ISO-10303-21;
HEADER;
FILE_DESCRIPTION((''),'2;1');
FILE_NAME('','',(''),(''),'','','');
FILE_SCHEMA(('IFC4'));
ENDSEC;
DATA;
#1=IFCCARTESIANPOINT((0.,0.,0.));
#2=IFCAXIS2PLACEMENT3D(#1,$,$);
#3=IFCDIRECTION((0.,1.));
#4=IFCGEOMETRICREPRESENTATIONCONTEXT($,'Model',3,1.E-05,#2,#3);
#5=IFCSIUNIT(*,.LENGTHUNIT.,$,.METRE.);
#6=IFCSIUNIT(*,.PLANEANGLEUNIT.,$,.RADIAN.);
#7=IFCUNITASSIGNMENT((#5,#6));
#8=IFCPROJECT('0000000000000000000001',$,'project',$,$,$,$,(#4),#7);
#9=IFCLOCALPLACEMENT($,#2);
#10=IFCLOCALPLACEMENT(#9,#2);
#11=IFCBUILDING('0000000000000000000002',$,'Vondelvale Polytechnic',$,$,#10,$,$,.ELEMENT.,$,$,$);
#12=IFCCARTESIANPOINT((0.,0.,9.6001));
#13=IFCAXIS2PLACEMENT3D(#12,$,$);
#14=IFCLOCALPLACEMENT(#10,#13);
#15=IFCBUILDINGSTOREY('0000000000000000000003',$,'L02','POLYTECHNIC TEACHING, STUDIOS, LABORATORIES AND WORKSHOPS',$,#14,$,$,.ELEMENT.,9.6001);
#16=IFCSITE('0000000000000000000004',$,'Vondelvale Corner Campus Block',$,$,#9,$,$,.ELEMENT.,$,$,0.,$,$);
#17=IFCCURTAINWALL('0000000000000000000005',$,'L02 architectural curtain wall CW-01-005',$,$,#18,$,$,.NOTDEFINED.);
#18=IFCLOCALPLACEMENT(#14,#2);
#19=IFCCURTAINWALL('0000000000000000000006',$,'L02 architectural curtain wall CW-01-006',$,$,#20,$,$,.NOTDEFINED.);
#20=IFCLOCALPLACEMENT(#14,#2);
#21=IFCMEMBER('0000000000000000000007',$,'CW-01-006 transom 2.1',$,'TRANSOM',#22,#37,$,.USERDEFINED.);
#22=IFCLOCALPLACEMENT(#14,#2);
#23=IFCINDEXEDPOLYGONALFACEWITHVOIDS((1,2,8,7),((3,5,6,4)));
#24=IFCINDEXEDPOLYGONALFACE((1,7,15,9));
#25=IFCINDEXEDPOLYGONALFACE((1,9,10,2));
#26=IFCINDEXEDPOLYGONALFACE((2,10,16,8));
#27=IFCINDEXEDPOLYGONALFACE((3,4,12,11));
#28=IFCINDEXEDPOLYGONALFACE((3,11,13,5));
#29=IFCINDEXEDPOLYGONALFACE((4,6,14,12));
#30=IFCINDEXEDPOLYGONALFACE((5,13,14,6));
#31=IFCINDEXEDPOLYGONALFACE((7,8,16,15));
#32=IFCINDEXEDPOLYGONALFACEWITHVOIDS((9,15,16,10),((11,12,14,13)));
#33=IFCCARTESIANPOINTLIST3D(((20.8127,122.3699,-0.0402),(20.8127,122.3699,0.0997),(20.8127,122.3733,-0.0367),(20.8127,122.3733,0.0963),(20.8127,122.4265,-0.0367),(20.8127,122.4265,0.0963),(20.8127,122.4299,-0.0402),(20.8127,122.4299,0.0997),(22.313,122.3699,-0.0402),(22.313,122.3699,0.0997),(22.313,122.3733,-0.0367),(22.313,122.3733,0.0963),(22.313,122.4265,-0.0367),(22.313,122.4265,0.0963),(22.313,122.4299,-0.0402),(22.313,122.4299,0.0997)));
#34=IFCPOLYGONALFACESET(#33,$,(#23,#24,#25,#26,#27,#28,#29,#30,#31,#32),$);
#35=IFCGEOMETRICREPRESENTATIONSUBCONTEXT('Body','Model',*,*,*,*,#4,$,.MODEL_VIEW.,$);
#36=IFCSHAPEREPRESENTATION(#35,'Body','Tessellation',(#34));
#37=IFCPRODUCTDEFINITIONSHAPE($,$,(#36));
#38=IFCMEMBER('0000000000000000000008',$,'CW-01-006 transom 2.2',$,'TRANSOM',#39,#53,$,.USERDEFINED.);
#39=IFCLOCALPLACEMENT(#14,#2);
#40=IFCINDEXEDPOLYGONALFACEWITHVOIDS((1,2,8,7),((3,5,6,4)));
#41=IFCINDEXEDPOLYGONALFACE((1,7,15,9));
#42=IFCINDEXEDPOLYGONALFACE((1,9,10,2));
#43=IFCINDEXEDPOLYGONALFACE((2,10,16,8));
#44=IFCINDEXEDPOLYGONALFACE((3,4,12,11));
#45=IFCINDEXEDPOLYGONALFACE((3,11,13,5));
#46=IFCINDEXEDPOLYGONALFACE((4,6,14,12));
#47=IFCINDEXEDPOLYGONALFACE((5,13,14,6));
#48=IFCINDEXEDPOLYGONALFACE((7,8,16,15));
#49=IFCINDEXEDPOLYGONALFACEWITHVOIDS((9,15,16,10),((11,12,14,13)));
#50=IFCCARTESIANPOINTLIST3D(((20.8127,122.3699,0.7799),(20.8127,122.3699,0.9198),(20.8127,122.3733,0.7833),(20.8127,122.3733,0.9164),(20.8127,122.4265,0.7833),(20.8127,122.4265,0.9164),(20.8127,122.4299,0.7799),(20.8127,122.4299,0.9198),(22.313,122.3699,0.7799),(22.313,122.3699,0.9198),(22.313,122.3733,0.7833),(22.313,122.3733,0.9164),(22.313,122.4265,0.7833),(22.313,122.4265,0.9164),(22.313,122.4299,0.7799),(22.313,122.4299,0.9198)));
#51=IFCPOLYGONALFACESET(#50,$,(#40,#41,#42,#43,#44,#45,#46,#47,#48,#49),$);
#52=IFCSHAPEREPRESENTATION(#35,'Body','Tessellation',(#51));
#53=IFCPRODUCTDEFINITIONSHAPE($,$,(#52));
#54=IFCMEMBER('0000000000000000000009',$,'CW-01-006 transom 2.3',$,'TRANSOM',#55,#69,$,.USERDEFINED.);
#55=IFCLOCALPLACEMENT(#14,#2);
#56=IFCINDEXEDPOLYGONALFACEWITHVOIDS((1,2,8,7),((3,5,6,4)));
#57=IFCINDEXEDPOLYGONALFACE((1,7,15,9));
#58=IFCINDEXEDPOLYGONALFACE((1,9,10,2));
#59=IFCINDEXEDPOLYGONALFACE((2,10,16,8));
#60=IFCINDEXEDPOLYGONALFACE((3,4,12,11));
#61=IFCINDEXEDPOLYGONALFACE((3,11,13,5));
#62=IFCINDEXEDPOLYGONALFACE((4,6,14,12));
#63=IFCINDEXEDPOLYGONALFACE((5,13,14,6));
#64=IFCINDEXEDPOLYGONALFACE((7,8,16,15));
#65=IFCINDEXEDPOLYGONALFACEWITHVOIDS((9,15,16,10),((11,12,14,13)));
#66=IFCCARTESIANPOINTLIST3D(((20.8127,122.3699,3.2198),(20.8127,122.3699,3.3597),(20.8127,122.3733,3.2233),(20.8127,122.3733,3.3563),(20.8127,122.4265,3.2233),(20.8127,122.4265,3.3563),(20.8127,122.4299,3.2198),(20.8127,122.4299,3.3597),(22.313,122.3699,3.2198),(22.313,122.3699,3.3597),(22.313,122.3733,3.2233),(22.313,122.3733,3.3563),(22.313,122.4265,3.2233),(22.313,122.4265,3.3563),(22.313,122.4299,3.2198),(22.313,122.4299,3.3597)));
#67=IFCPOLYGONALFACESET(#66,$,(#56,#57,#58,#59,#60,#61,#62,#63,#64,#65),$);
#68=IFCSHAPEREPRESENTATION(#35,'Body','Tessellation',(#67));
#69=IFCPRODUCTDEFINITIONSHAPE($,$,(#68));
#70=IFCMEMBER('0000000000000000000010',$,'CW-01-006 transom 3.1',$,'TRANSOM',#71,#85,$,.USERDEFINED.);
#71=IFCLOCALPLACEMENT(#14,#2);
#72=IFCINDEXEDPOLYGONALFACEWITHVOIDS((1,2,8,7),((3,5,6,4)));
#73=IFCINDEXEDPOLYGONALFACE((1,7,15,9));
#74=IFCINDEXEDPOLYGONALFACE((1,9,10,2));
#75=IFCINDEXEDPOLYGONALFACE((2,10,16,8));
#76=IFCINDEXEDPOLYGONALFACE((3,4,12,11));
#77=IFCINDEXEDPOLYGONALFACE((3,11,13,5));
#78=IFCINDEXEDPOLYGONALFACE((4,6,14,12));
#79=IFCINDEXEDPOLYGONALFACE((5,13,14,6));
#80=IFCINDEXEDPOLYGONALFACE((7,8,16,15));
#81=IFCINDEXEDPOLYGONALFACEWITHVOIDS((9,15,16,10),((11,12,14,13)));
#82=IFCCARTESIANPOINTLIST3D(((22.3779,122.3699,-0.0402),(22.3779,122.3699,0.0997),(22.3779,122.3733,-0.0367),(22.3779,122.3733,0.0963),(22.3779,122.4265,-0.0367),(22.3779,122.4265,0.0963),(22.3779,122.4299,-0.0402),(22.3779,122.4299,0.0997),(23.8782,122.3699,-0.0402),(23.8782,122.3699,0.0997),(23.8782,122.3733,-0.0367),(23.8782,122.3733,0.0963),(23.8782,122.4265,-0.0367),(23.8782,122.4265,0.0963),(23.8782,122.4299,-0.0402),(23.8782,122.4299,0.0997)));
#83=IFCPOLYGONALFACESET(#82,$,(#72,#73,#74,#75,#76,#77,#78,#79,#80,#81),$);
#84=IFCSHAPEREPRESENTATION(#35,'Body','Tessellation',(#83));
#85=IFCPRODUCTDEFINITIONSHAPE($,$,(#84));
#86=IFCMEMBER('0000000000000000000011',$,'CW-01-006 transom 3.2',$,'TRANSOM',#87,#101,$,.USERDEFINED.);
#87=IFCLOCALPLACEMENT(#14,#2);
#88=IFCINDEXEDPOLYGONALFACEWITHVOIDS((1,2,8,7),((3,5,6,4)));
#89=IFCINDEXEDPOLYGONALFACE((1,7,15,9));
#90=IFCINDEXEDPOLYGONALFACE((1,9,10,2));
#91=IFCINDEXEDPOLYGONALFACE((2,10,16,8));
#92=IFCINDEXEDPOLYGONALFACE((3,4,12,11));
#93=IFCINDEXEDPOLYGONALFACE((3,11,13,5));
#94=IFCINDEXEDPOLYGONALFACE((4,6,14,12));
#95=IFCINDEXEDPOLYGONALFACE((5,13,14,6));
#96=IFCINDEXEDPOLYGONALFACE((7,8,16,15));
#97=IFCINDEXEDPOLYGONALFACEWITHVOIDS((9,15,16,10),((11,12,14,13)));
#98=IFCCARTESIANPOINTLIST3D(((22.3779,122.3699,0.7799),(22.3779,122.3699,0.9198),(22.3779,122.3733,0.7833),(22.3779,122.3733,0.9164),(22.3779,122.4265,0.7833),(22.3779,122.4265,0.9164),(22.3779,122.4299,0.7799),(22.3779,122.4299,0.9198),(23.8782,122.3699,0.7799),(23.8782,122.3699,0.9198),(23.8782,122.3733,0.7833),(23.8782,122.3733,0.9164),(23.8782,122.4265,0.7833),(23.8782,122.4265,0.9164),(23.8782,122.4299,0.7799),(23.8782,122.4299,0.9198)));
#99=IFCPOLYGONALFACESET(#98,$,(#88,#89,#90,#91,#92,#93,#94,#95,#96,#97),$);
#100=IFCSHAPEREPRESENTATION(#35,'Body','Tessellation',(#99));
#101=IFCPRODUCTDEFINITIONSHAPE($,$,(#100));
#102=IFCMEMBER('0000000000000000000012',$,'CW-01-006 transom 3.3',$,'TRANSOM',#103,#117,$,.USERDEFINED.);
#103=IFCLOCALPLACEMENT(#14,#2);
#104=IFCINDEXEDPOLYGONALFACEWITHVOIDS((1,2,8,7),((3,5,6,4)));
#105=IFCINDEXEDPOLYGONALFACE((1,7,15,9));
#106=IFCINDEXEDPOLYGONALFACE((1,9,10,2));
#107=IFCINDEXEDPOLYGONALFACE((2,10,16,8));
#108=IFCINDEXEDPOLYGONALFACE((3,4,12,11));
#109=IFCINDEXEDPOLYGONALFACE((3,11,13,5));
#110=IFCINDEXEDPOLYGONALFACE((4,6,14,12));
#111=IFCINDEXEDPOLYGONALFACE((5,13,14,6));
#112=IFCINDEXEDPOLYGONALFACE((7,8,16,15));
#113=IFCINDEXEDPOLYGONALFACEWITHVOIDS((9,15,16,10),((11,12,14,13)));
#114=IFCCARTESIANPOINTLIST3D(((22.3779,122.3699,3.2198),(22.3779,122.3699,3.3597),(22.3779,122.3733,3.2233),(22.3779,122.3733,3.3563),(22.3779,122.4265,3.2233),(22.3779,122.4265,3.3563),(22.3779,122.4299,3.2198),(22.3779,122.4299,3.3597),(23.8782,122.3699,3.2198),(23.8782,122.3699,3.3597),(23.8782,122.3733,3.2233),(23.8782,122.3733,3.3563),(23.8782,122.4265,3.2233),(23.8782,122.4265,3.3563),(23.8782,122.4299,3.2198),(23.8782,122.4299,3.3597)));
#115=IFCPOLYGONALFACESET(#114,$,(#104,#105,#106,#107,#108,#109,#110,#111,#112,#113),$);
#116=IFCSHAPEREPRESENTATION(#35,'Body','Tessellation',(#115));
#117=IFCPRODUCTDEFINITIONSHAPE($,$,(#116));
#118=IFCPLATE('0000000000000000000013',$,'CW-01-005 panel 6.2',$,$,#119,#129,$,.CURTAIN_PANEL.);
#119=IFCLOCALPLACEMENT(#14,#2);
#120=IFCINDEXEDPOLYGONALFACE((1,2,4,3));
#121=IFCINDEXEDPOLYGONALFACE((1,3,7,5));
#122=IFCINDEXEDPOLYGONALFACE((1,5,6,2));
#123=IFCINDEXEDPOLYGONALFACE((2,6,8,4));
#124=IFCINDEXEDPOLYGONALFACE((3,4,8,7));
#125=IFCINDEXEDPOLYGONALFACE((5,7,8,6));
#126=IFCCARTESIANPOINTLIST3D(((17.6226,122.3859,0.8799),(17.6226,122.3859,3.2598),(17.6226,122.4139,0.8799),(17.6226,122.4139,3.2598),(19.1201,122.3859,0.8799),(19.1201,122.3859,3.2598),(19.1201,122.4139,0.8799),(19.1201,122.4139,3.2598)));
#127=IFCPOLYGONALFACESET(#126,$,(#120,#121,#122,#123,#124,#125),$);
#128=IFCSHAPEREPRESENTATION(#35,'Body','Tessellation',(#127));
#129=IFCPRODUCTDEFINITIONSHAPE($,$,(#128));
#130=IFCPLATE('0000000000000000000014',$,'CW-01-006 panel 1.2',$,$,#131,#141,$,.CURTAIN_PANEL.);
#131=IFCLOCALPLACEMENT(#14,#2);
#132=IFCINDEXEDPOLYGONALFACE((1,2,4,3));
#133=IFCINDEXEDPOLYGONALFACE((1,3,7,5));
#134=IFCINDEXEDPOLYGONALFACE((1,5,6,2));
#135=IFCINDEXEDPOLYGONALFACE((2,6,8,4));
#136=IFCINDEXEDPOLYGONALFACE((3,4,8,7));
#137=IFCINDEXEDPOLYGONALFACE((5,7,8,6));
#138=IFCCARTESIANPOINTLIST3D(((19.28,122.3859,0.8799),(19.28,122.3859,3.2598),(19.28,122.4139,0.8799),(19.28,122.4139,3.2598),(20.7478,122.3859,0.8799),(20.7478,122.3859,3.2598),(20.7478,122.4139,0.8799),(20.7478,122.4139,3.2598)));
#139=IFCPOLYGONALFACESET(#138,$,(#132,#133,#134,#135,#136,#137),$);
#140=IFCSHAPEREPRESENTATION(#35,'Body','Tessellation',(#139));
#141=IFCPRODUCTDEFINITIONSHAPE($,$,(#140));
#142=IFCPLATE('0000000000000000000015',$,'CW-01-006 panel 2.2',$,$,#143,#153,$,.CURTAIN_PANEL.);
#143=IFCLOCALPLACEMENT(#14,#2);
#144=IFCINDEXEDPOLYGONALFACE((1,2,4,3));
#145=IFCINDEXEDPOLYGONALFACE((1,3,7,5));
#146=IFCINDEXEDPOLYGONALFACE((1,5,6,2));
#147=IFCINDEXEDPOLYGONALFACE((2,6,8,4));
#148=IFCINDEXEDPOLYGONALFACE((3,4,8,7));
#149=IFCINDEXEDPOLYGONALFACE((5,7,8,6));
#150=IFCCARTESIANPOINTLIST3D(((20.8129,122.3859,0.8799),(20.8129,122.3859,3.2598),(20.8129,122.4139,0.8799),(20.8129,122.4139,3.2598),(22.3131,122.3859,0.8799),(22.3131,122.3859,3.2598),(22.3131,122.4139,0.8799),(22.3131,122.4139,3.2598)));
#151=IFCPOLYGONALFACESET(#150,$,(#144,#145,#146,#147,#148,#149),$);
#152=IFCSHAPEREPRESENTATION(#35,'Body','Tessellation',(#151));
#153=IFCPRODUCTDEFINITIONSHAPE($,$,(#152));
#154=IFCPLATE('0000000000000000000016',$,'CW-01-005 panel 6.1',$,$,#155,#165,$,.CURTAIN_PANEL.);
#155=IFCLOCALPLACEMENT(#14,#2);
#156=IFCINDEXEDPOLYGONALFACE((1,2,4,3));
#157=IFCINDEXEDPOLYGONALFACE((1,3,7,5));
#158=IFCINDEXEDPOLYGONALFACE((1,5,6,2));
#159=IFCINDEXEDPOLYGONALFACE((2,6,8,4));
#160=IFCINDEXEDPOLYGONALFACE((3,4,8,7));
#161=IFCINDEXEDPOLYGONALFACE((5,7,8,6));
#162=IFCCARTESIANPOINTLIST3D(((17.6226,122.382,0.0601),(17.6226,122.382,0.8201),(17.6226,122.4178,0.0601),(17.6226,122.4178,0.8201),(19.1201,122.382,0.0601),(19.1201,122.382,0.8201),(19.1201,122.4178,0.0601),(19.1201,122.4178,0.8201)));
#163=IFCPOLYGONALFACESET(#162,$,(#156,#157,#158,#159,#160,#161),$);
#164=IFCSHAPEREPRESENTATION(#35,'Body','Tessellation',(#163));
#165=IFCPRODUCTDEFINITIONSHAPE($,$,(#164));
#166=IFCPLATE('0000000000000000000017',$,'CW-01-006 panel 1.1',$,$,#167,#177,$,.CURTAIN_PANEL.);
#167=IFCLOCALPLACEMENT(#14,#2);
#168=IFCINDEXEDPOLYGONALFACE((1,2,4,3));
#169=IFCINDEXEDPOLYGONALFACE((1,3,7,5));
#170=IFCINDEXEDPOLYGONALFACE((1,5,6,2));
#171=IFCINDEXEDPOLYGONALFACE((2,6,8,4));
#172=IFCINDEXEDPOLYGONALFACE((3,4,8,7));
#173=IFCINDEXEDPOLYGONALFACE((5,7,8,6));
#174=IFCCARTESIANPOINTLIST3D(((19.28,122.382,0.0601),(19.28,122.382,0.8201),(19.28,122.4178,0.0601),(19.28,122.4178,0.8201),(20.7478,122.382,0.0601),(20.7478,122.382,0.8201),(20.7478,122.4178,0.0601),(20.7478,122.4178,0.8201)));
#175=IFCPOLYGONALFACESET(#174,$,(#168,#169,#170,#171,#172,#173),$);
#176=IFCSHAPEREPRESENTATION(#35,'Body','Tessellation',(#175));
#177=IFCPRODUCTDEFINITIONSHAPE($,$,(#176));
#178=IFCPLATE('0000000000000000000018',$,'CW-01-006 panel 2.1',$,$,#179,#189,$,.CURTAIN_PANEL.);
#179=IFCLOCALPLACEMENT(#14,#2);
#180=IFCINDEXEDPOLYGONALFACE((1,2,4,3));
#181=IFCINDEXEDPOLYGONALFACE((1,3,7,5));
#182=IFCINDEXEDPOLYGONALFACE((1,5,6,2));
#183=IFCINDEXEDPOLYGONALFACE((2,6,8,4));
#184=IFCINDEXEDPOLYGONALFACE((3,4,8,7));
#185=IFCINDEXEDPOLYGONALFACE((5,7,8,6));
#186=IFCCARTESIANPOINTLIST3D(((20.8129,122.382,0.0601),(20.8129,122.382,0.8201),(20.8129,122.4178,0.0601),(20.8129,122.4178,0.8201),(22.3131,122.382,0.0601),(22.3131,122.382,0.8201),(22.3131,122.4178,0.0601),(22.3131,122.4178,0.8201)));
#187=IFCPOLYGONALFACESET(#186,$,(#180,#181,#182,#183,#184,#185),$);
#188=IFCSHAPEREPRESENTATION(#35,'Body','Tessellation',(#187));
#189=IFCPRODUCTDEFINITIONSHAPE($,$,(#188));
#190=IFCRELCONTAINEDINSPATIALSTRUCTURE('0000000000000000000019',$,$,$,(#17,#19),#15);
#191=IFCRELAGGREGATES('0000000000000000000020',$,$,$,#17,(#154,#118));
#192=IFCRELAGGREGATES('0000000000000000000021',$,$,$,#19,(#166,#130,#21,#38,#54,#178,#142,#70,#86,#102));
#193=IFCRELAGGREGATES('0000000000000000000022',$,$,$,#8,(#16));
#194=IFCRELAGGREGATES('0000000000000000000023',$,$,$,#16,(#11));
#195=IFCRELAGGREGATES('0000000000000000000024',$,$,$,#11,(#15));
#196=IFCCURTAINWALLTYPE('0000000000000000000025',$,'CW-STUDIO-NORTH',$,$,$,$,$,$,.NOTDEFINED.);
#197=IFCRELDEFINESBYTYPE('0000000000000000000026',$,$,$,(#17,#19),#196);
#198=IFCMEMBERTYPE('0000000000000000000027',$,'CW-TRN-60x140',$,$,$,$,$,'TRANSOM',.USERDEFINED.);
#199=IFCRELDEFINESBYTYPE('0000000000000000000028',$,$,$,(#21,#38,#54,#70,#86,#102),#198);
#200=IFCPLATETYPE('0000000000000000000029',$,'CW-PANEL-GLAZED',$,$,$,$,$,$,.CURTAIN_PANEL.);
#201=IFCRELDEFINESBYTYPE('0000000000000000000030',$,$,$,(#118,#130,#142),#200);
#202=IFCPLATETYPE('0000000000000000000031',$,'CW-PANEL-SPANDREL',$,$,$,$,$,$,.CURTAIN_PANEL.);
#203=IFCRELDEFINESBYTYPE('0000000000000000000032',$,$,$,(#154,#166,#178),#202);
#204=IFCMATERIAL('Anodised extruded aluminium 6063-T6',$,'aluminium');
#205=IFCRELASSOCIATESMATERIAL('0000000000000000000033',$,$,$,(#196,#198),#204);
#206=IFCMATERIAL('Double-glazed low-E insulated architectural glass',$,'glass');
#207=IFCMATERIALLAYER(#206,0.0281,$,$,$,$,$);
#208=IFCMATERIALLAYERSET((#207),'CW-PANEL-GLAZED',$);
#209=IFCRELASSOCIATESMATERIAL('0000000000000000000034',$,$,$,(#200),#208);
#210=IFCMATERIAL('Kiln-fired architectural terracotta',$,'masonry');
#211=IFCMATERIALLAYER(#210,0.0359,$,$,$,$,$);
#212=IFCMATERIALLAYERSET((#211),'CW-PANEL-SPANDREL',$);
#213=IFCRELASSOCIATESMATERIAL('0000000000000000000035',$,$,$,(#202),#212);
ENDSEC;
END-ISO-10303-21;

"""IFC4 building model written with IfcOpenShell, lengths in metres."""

from ifc_helpers import new_model, si_unit, direction, frame, origin, origin_2d, place, context, subcontext, project, spatial, rectangle, hollow_rectangle, extrude, material, layer, layer_set, material_profile, profile_set, type_object, element, aggregate, save


model = new_model("IFC4")

# Units and contexts
model_context = context("Model", 3, precision=1e-05, world=origin(), true_north=direction((0.0, 1.0)))
body_context = subcontext(model_context, "Body", "Model", "MODEL_VIEW")
ifc_project = project(units=[si_unit("LENGTHUNIT", "METRE"), si_unit("PLANEANGLEUNIT", "RADIAN")], contexts=[model_context])

# Site, building, storey
site_placement = place(None, origin())
site = spatial("IfcSite", under=ifc_project, at=site_placement, Name="Vondelvale Corner Campus Block", CompositionType="ELEMENT", RefElevation=0.0)
building_placement = place(site_placement, origin())
building = spatial("IfcBuilding", under=site, at=building_placement, Name="Vondelvale Polytechnic", CompositionType="ELEMENT")
storey_placement = place(building_placement, frame((0.0, 0.0, 9.6001)))
storey = spatial("IfcBuildingStorey", under=building, at=storey_placement, Name="L02", Description="POLYTECHNIC TEACHING, STUDIOS, LABORATORIES AND WORKSHOPS", CompositionType="ELEMENT", Elevation=9.6001)

# Curtain walls
ifc_material_1 = material(Name="Anodised extruded aluminium 6063-T6", Category="aluminium")
curtain_wall_type = type_object("IfcCurtainWallType", Name="CW-STUDIO-NORTH", PredefinedType="NOTDEFINED", material=ifc_material_1)
curtain_wall_1_placement = place(storey_placement, origin())
curtain_wall_1 = element("IfcCurtainWall", 1, at=curtain_wall_1_placement, inside=storey, type_object=curtain_wall_type, Name="L02 architectural curtain wall CW-01-005", PredefinedType="NOTDEFINED")
curtain_wall_2_placement = place(storey_placement, origin())
curtain_wall_2 = element("IfcCurtainWall", 2, at=curtain_wall_2_placement, inside=storey, type_object=curtain_wall_type, Name="L02 architectural curtain wall CW-01-006", PredefinedType="NOTDEFINED")

# Members
ifc_material_profile_1 = material_profile(ifc_material_1, hollow_rectangle(XDim=0.0601, YDim=0.1399, WallThickness=0.0034, at=origin_2d()), Name="CW-TRN-140x60")
ifc_profile_set_1 = profile_set([ifc_material_profile_1], Name="Anodised extruded aluminium 6063-T6")
member_type_1 = type_object("IfcMemberType", Name="CW-TRN-60x140", ElementType="TRANSOM", PredefinedType="USERDEFINED", material=ifc_profile_set_1)
member_1_placement = place(storey_placement, frame((20.8127, 122.3999, 0.0298), z_axis=(1.0, 0.0, 0.0), x_axis=(0.0, 1.0, 0.0)))
member_1 = element("IfcMember", 3, at=member_1_placement, type_object=member_type_1, Name="CW-01-006 transom 2.1", ObjectType="TRANSOM", PredefinedType="USERDEFINED", context=body_context, shape_type="SweptSolid", body=[
    extrude(hollow_rectangle(XDim=0.0601, YDim=0.1399, WallThickness=0.0034, at=origin_2d()), origin(), (0.0, 0.0, 1.0), 1.5002),
])
member_2_placement = place(storey_placement, frame((20.8127, 122.3999, 0.8499), z_axis=(1.0, 0.0, 0.0), x_axis=(0.0, 1.0, 0.0)))
member_2 = element("IfcMember", 4, at=member_2_placement, type_object=member_type_1, Name="CW-01-006 transom 2.2", ObjectType="TRANSOM", PredefinedType="USERDEFINED", context=body_context, shape_type="SweptSolid", body=[
    extrude(hollow_rectangle(XDim=0.0601, YDim=0.1399, WallThickness=0.0034, at=origin_2d()), origin(), (0.0, 0.0, 1.0), 1.5002),
])
member_3_placement = place(storey_placement, frame((20.8127, 122.3999, 3.2898), z_axis=(1.0, 0.0, 0.0), x_axis=(0.0, 1.0, 0.0)))
member_3 = element("IfcMember", 5, at=member_3_placement, type_object=member_type_1, Name="CW-01-006 transom 2.3", ObjectType="TRANSOM", PredefinedType="USERDEFINED", context=body_context, shape_type="SweptSolid", body=[
    extrude(hollow_rectangle(XDim=0.0601, YDim=0.1399, WallThickness=0.0034, at=origin_2d()), origin(), (0.0, 0.0, 1.0), 1.5002),
])
member_4_placement = place(storey_placement, frame((22.3779, 122.3999, 0.0298), z_axis=(1.0, 0.0, 0.0), x_axis=(0.0, 1.0, 0.0)))
member_4 = element("IfcMember", 6, at=member_4_placement, type_object=member_type_1, Name="CW-01-006 transom 3.1", ObjectType="TRANSOM", PredefinedType="USERDEFINED", context=body_context, shape_type="SweptSolid", body=[
    extrude(hollow_rectangle(XDim=0.0601, YDim=0.1399, WallThickness=0.0034, at=origin_2d()), origin(), (0.0, 0.0, 1.0), 1.5002),
])
member_5_placement = place(storey_placement, frame((22.3779, 122.3999, 0.8499), z_axis=(1.0, 0.0, 0.0), x_axis=(0.0, 1.0, 0.0)))
member_5 = element("IfcMember", 7, at=member_5_placement, type_object=member_type_1, Name="CW-01-006 transom 3.2", ObjectType="TRANSOM", PredefinedType="USERDEFINED", context=body_context, shape_type="SweptSolid", body=[
    extrude(hollow_rectangle(XDim=0.0601, YDim=0.1399, WallThickness=0.0034, at=origin_2d()), origin(), (0.0, 0.0, 1.0), 1.5002),
])
member_6_placement = place(storey_placement, frame((22.3779, 122.3999, 3.2898), z_axis=(1.0, 0.0, 0.0), x_axis=(0.0, 1.0, 0.0)))
member_6 = element("IfcMember", 8, at=member_6_placement, type_object=member_type_1, Name="CW-01-006 transom 3.3", ObjectType="TRANSOM", PredefinedType="USERDEFINED", context=body_context, shape_type="SweptSolid", body=[
    extrude(hollow_rectangle(XDim=0.0601, YDim=0.1399, WallThickness=0.0034, at=origin_2d()), origin(), (0.0, 0.0, 1.0), 1.5002),
])

# Plates
ifc_material_2 = material(Name="Double-glazed low-E insulated architectural glass", Category="glass")
ifc_layer_1 = layer(ifc_material_2, 0.0281)
ifc_layer_set_1 = layer_set([ifc_layer_1], Name="CW-PANEL-GLAZED")
plate_type_1 = type_object("IfcPlateType", Name="CW-PANEL-GLAZED", PredefinedType="CURTAIN_PANEL", material=ifc_layer_set_1)
plate_1_placement = place(storey_placement, frame((18.3713, 122.3999, 0.8799), z_axis=(0.0, 0.0, 1.0), x_axis=(1.0, 0.0, 0.0)))
plate_1 = element("IfcPlate", 9, at=plate_1_placement, type_object=plate_type_1, Name="CW-01-005 panel 6.2", PredefinedType="CURTAIN_PANEL", context=body_context, shape_type="SweptSolid", body=[
    extrude(rectangle(XDim=1.4976, YDim=0.0281, at=origin_2d()), origin(), (0.0, 0.0, 1.0), 2.3799),
])
plate_2_placement = place(storey_placement, frame((20.0139, 122.3999, 0.8799), z_axis=(0.0, 0.0, 1.0), x_axis=(1.0, 0.0, 0.0)))
plate_2 = element("IfcPlate", 10, at=plate_2_placement, type_object=plate_type_1, Name="CW-01-006 panel 1.2", PredefinedType="CURTAIN_PANEL", context=body_context, shape_type="SweptSolid", body=[
    extrude(rectangle(XDim=1.4678, YDim=0.0281, at=origin_2d()), origin(), (0.0, 0.0, 1.0), 2.3799),
])
plate_3_placement = place(storey_placement, frame((21.563, 122.3999, 0.8799), z_axis=(0.0, 0.0, 1.0), x_axis=(1.0, 0.0, 0.0)))
plate_3 = element("IfcPlate", 11, at=plate_3_placement, type_object=plate_type_1, Name="CW-01-006 panel 2.2", PredefinedType="CURTAIN_PANEL", context=body_context, shape_type="SweptSolid", body=[
    extrude(rectangle(XDim=1.5002, YDim=0.0281, at=origin_2d()), origin(), (0.0, 0.0, 1.0), 2.3799),
])
ifc_material_3 = material(Name="Kiln-fired architectural terracotta", Category="masonry")
ifc_layer_2 = layer(ifc_material_3, 0.0359)
ifc_layer_set_2 = layer_set([ifc_layer_2], Name="CW-PANEL-SPANDREL")
plate_type_2 = type_object("IfcPlateType", Name="CW-PANEL-SPANDREL", PredefinedType="CURTAIN_PANEL", material=ifc_layer_set_2)
plate_4_placement = place(storey_placement, frame((18.3713, 122.3999, 0.0601), z_axis=(0.0, 0.0, 1.0), x_axis=(1.0, 0.0, 0.0)))
plate_4 = element("IfcPlate", 12, at=plate_4_placement, type_object=plate_type_2, Name="CW-01-005 panel 6.1", PredefinedType="CURTAIN_PANEL", context=body_context, shape_type="SweptSolid", body=[
    extrude(rectangle(XDim=1.4976, YDim=0.0359, at=origin_2d()), origin(), (0.0, 0.0, 1.0), 0.76),
])
aggregate(curtain_wall_1, [plate_4, plate_1])
plate_5_placement = place(storey_placement, frame((20.0139, 122.3999, 0.0601), z_axis=(0.0, 0.0, 1.0), x_axis=(1.0, 0.0, 0.0)))
plate_5 = element("IfcPlate", 13, at=plate_5_placement, type_object=plate_type_2, Name="CW-01-006 panel 1.1", PredefinedType="CURTAIN_PANEL", context=body_context, shape_type="SweptSolid", body=[
    extrude(rectangle(XDim=1.4678, YDim=0.0359, at=origin_2d()), origin(), (0.0, 0.0, 1.0), 0.76),
])
plate_6_placement = place(storey_placement, frame((21.563, 122.3999, 0.0601), z_axis=(0.0, 0.0, 1.0), x_axis=(1.0, 0.0, 0.0)))
plate_6 = element("IfcPlate", 14, at=plate_6_placement, type_object=plate_type_2, Name="CW-01-006 panel 2.1", PredefinedType="CURTAIN_PANEL", context=body_context, shape_type="SweptSolid", body=[
    extrude(rectangle(XDim=1.5002, YDim=0.0359, at=origin_2d()), origin(), (0.0, 0.0, 1.0), 0.76),
])
aggregate(curtain_wall_2, [plate_5, plate_2, member_1, member_2, member_3, plate_6, plate_3, member_4, member_5, member_6])

save(model, "model.ifc")
